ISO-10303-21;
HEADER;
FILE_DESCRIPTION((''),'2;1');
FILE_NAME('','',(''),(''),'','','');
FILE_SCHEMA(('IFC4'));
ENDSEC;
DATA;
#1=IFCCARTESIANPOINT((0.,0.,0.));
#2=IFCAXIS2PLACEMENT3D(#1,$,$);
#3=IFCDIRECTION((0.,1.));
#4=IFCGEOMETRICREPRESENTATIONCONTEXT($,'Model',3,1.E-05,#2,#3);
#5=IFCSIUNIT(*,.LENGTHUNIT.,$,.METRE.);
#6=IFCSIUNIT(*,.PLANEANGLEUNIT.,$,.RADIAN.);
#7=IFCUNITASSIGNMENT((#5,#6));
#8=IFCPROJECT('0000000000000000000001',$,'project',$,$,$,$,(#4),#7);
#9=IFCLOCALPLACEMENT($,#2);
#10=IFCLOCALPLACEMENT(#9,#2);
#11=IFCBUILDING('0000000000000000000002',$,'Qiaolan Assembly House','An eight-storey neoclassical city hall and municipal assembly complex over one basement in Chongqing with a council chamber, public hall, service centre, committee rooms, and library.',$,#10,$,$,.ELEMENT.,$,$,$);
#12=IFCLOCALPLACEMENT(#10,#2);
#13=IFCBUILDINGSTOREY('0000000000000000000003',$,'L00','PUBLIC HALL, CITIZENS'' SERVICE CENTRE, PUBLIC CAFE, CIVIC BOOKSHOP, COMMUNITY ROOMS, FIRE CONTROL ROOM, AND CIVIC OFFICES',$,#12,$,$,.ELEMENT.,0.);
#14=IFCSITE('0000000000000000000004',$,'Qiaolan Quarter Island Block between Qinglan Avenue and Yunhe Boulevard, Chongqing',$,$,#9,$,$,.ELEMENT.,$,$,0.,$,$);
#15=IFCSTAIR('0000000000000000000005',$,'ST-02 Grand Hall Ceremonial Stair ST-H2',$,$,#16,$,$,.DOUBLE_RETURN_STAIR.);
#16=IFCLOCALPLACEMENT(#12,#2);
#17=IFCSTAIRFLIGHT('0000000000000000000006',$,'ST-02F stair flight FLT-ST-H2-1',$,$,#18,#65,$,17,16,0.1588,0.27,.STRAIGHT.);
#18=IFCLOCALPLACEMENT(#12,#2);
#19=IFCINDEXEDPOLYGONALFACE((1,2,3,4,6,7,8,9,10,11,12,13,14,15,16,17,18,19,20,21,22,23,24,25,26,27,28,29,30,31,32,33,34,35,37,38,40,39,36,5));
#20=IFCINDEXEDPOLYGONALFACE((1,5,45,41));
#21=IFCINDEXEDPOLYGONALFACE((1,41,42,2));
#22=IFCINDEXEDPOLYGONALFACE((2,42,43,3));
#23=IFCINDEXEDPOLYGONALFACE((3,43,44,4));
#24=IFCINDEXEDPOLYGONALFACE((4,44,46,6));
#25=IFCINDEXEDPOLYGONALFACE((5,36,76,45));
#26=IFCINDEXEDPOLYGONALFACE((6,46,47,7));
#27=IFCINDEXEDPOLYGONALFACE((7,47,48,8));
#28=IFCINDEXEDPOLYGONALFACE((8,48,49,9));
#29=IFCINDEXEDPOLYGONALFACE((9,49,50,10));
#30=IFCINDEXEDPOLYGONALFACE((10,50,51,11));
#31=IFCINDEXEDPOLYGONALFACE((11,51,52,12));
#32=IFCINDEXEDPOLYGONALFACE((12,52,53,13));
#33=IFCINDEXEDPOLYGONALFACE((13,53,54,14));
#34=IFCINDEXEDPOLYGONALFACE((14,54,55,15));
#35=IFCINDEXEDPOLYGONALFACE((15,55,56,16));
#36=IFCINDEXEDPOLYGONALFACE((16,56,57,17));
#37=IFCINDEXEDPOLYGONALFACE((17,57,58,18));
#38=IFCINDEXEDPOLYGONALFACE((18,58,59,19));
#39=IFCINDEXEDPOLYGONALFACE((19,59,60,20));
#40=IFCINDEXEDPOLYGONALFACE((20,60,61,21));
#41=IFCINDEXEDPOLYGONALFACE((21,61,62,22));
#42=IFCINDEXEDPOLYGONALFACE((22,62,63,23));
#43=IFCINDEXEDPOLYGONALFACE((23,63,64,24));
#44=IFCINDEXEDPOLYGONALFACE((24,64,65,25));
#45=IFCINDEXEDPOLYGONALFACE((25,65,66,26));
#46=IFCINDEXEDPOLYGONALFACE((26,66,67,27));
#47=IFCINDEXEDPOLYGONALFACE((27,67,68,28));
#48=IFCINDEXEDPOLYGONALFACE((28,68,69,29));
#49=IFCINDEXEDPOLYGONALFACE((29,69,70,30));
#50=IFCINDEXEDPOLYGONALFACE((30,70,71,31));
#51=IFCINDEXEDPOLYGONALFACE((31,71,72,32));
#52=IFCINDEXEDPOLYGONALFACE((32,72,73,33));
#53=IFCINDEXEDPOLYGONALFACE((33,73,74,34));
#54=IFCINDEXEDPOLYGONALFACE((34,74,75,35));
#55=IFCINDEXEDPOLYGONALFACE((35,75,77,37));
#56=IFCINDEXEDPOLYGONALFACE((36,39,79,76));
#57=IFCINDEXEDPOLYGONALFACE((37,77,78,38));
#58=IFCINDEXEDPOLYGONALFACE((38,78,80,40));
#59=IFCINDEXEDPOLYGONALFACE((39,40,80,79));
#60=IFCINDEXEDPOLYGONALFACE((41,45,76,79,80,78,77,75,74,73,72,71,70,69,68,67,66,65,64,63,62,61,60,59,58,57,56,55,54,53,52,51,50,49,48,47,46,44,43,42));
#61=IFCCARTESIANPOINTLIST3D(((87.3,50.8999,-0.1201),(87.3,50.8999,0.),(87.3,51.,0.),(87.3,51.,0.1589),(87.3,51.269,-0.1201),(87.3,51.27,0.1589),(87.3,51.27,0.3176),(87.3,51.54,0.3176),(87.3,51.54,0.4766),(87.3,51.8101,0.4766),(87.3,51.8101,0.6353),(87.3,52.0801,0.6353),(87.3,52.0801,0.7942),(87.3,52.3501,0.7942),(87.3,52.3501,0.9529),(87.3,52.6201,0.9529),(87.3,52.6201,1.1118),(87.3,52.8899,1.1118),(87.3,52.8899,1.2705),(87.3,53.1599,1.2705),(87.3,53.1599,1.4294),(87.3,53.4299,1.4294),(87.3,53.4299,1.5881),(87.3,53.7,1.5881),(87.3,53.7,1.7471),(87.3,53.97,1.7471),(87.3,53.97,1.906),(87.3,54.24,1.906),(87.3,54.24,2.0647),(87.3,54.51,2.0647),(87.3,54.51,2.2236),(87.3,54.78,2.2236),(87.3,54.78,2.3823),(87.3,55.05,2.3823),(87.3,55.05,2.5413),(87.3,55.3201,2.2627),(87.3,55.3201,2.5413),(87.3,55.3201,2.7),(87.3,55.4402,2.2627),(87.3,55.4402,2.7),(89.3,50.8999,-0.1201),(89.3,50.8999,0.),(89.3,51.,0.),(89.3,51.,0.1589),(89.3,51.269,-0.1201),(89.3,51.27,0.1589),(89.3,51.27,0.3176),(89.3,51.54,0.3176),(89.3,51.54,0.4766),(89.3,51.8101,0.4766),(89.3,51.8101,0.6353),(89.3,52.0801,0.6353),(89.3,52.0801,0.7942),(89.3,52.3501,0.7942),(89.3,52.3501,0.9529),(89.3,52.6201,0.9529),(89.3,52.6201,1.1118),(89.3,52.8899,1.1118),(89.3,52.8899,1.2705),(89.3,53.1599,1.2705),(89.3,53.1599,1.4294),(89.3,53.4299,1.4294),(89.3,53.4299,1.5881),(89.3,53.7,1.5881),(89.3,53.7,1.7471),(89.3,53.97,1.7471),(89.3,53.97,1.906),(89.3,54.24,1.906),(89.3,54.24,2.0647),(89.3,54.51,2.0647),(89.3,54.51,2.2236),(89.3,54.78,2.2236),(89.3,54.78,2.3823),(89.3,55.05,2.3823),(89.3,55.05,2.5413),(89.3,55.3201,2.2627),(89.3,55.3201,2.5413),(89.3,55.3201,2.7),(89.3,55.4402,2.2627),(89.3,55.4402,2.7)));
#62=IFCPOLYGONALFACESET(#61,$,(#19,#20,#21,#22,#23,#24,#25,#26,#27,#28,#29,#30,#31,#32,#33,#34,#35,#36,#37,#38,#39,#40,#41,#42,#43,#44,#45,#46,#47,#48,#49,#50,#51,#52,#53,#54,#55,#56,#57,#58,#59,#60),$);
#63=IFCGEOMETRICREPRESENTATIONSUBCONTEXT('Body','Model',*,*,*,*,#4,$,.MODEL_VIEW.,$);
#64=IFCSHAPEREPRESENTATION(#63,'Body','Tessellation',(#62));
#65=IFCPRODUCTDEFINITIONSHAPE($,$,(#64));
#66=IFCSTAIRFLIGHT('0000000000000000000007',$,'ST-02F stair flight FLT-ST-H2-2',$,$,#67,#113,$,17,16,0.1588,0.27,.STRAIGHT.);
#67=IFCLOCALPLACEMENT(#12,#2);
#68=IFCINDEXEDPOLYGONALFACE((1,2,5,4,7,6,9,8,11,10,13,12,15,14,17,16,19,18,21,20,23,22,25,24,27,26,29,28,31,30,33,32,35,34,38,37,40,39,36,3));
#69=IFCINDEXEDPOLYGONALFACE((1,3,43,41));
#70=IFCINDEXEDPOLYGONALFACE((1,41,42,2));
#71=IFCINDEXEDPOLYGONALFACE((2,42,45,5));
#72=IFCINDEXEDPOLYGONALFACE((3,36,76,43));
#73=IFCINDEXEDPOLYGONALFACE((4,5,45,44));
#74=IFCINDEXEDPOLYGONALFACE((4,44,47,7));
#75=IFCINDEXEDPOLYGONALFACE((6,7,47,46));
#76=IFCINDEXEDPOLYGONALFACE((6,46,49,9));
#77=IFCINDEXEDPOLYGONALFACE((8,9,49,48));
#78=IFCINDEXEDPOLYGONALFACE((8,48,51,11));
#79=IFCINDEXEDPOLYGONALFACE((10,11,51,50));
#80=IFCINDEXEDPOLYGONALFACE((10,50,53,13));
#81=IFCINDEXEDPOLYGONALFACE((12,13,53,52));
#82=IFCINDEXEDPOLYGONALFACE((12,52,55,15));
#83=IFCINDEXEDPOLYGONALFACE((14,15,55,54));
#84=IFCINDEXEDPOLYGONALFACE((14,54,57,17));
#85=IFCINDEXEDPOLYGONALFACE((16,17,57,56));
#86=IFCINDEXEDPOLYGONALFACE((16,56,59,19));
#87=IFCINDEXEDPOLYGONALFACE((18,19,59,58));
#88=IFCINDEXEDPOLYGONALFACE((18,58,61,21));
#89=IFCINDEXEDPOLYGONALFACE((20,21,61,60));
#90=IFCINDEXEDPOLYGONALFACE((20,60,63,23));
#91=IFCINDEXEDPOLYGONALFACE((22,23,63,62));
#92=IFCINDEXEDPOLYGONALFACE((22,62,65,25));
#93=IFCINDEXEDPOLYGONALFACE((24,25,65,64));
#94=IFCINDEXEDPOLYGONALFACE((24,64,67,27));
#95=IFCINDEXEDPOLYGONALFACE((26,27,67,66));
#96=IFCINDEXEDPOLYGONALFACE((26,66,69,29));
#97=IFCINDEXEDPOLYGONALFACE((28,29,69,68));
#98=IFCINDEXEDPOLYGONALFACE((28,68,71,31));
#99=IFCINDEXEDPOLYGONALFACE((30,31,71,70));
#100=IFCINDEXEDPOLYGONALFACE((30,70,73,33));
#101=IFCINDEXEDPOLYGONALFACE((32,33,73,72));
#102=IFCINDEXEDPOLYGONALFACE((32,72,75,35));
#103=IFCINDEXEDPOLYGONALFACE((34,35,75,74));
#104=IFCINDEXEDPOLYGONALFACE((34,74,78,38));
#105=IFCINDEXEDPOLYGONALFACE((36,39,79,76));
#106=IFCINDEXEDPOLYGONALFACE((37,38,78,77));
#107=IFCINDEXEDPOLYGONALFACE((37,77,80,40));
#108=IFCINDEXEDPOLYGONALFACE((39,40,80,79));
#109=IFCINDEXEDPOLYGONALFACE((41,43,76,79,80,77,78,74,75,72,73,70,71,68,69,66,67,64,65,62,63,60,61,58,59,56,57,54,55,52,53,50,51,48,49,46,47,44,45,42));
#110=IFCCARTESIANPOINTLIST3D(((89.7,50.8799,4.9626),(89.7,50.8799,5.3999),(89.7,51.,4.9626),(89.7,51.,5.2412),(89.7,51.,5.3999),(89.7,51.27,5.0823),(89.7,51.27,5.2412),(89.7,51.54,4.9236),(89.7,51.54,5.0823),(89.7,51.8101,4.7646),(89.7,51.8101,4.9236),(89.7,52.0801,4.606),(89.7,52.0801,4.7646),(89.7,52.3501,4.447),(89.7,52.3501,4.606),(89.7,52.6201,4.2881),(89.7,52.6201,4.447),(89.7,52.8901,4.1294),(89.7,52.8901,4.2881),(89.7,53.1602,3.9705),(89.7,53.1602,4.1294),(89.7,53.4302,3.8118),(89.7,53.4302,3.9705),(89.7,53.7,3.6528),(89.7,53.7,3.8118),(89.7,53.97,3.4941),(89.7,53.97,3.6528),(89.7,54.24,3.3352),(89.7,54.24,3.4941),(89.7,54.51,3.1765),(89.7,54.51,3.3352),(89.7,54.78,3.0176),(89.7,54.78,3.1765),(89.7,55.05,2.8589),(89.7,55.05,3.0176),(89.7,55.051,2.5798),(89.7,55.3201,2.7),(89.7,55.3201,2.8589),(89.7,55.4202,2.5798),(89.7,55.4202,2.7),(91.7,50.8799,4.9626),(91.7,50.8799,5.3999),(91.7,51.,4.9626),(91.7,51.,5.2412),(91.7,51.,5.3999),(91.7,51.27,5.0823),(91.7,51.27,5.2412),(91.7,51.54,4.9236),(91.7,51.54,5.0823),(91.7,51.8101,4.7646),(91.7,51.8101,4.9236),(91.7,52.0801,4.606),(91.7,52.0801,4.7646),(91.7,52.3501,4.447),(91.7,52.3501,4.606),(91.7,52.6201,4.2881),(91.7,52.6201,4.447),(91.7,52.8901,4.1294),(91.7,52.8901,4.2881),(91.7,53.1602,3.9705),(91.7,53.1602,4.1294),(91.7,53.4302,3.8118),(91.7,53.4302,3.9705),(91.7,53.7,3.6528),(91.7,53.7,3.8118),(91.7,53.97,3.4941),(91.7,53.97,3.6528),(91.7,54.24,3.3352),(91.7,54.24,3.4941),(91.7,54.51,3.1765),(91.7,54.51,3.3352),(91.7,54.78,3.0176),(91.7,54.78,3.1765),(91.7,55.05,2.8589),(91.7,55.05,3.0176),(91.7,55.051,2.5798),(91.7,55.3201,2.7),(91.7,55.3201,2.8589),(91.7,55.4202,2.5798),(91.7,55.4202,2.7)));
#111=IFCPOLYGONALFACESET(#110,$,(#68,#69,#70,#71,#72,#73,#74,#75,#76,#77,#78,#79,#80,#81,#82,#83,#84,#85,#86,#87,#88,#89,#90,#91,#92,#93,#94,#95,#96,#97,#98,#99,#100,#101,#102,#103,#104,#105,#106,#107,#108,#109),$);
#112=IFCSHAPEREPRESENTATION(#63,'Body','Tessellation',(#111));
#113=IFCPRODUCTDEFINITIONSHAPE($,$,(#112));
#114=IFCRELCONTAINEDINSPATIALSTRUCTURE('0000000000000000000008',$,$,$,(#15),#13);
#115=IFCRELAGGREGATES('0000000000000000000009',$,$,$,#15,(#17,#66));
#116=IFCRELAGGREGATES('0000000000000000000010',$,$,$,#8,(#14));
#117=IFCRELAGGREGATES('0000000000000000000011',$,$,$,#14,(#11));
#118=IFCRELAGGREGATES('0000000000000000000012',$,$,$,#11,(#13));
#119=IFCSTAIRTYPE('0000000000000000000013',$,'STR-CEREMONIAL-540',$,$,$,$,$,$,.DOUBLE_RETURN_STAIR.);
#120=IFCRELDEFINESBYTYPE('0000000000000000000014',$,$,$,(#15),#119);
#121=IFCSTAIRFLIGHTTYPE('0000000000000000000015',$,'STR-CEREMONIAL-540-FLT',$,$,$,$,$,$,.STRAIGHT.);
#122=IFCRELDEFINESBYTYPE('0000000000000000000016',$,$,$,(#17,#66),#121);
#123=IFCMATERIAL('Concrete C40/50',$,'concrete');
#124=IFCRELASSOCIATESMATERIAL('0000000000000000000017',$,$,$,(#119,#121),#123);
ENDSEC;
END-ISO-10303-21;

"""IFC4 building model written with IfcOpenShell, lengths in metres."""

from ifc_helpers import new_model, si_unit, direction, frame, origin, place, context, subcontext, project, spatial, polyline, outline, extrude, material, type_object, element, aggregate, save


model = new_model("IFC4")

# Units and contexts
model_context = context("Model", 3, precision=1e-05, world=origin(), true_north=direction((0.0, 1.0)))
body_context = subcontext(model_context, "Body", "Model", "MODEL_VIEW")
ifc_project = project(units=[si_unit("LENGTHUNIT", "METRE"), si_unit("PLANEANGLEUNIT", "RADIAN")], contexts=[model_context])

# Site, building, storey
site_placement = place(None, origin())
site = spatial("IfcSite", under=ifc_project, at=site_placement, Name="Qiaolan Quarter Island Block between Qinglan Avenue and Yunhe Boulevard, Chongqing", CompositionType="ELEMENT", RefElevation=0.0)
building_placement = place(site_placement, origin())
building = spatial("IfcBuilding", under=site, at=building_placement, Name="Qiaolan Assembly House", Description="An eight-storey neoclassical city hall and municipal assembly complex over one basement in Chongqing with a council chamber, public hall, service centre, committee rooms, and library.", CompositionType="ELEMENT")
storey_placement = place(building_placement, origin())
storey = spatial("IfcBuildingStorey", under=building, at=storey_placement, Name="L00", Description="PUBLIC HALL, CITIZENS' SERVICE CENTRE, PUBLIC CAFE, CIVIC BOOKSHOP, COMMUNITY ROOMS, FIRE CONTROL ROOM, AND CIVIC OFFICES", CompositionType="ELEMENT", Elevation=0.0)

# Stair, stair flights
ifc_material_1 = material(Name="Concrete C40/50", Category="concrete")
stair_type = type_object("IfcStairType", Name="STR-CEREMONIAL-540", PredefinedType="DOUBLE_RETURN_STAIR", material=ifc_material_1)
stair_placement = place(storey_placement, origin())
stair = element("IfcStair", 1, at=stair_placement, inside=storey, type_object=stair_type, Name="ST-02 Grand Hall Ceremonial Stair ST-H2", PredefinedType="DOUBLE_RETURN_STAIR")
stair_flight_type = type_object("IfcStairFlightType", Name="STR-CEREMONIAL-540-FLT", PredefinedType="STRAIGHT", material=ifc_material_1)
stair_flight_1_placement = place(storey_placement, frame((88.3, 51.0, 0.0), z_axis=(0.0, 0.0, 1.0), x_axis=(0.0, 1.0, 0.0)))
stair_flight_1 = element("IfcStairFlight", 2, at=stair_flight_1_placement, type_object=stair_flight_type, Name="ST-02F stair flight FLT-ST-H2-1", NumberOfRisers=17, NumberOfTreads=16, PredefinedType="STRAIGHT", RiserHeight=0.1588, TreadLength=0.27, context=body_context, shape_type="SweptSolid", body=[
    extrude(outline(polyline([(-0.1001, -0.1201), (-0.1001, 0.0), (0.0, 0.0), (0.0, 0.1589), (0.27, 0.1589), (0.27, 0.3176), (0.54, 0.3176), (0.54, 0.4766), (0.8101, 0.4766), (0.8101, 0.6353), (1.0801, 0.6353), (1.0801, 0.7942), (1.3501, 0.7942), (1.3501, 0.9529), (1.6201, 0.9529), (1.6201, 1.1118), (1.8899, 1.1118), (1.8899, 1.2705), (2.1599, 1.2705), (2.1599, 1.4294), (2.4299, 1.4294), (2.4299, 1.5881), (2.7, 1.5881), (2.7, 1.7471), (2.97, 1.7471), (2.97, 1.906), (3.24, 1.906), (3.24, 2.0647), (3.51, 2.0647), (3.51, 2.2236), (3.78, 2.2236), (3.78, 2.3823), (4.05, 2.3823), (4.05, 2.5413), (4.3201, 2.5413), (4.3201, 2.7), (4.4402, 2.7), (4.4402, 2.2627), (4.3201, 2.2627), (0.269, -0.1201), (-0.1001, -0.1201)])), frame((0.0, 1.0, 0.0), z_axis=(0.0, -1.0, 0.0), x_axis=(1.0, 0.0, 0.0)), (0.0, 0.0, 1.0), 2.0),
])
stair_flight_2_placement = place(storey_placement, frame((90.7, 55.3201, 2.7), z_axis=(0.0, 0.0, 1.0), x_axis=(0.0, -1.0, 0.0)))
stair_flight_2 = element("IfcStairFlight", 3, at=stair_flight_2_placement, type_object=stair_flight_type, Name="ST-02F stair flight FLT-ST-H2-2", NumberOfRisers=17, NumberOfTreads=16, PredefinedType="STRAIGHT", RiserHeight=0.1588, TreadLength=0.27, context=body_context, shape_type="SweptSolid", body=[
    extrude(outline(polyline([(-0.1001, -0.1201), (-0.1001, 0.0), (0.0, 0.0), (0.0, 0.1589), (0.27, 0.1589), (0.27, 0.3176), (0.54, 0.3176), (0.54, 0.4766), (0.8101, 0.4766), (0.8101, 0.6353), (1.0801, 0.6353), (1.0801, 0.7942), (1.3501, 0.7942), (1.3501, 0.9529), (1.6201, 0.9529), (1.6201, 1.1118), (1.8899, 1.1118), (1.8899, 1.2705), (2.1599, 1.2705), (2.1599, 1.4294), (2.4299, 1.4294), (2.4299, 1.5881), (2.7, 1.5881), (2.7, 1.7471), (2.97, 1.7471), (2.97, 1.906), (3.24, 1.906), (3.24, 2.0647), (3.51, 2.0647), (3.51, 2.2236), (3.78, 2.2236), (3.78, 2.3823), (4.05, 2.3823), (4.05, 2.5413), (4.3201, 2.5413), (4.3201, 2.7), (4.4402, 2.7), (4.4402, 2.2627), (4.3201, 2.2627), (0.269, -0.1201), (-0.1001, -0.1201)])), frame((0.0, 1.0, 0.0), z_axis=(0.0, -1.0, 0.0), x_axis=(1.0, 0.0, 0.0)), (0.0, 0.0, 1.0), 2.0),
])
aggregate(stair, [stair_flight_1, stair_flight_2])

save(model, "model.ifc")
